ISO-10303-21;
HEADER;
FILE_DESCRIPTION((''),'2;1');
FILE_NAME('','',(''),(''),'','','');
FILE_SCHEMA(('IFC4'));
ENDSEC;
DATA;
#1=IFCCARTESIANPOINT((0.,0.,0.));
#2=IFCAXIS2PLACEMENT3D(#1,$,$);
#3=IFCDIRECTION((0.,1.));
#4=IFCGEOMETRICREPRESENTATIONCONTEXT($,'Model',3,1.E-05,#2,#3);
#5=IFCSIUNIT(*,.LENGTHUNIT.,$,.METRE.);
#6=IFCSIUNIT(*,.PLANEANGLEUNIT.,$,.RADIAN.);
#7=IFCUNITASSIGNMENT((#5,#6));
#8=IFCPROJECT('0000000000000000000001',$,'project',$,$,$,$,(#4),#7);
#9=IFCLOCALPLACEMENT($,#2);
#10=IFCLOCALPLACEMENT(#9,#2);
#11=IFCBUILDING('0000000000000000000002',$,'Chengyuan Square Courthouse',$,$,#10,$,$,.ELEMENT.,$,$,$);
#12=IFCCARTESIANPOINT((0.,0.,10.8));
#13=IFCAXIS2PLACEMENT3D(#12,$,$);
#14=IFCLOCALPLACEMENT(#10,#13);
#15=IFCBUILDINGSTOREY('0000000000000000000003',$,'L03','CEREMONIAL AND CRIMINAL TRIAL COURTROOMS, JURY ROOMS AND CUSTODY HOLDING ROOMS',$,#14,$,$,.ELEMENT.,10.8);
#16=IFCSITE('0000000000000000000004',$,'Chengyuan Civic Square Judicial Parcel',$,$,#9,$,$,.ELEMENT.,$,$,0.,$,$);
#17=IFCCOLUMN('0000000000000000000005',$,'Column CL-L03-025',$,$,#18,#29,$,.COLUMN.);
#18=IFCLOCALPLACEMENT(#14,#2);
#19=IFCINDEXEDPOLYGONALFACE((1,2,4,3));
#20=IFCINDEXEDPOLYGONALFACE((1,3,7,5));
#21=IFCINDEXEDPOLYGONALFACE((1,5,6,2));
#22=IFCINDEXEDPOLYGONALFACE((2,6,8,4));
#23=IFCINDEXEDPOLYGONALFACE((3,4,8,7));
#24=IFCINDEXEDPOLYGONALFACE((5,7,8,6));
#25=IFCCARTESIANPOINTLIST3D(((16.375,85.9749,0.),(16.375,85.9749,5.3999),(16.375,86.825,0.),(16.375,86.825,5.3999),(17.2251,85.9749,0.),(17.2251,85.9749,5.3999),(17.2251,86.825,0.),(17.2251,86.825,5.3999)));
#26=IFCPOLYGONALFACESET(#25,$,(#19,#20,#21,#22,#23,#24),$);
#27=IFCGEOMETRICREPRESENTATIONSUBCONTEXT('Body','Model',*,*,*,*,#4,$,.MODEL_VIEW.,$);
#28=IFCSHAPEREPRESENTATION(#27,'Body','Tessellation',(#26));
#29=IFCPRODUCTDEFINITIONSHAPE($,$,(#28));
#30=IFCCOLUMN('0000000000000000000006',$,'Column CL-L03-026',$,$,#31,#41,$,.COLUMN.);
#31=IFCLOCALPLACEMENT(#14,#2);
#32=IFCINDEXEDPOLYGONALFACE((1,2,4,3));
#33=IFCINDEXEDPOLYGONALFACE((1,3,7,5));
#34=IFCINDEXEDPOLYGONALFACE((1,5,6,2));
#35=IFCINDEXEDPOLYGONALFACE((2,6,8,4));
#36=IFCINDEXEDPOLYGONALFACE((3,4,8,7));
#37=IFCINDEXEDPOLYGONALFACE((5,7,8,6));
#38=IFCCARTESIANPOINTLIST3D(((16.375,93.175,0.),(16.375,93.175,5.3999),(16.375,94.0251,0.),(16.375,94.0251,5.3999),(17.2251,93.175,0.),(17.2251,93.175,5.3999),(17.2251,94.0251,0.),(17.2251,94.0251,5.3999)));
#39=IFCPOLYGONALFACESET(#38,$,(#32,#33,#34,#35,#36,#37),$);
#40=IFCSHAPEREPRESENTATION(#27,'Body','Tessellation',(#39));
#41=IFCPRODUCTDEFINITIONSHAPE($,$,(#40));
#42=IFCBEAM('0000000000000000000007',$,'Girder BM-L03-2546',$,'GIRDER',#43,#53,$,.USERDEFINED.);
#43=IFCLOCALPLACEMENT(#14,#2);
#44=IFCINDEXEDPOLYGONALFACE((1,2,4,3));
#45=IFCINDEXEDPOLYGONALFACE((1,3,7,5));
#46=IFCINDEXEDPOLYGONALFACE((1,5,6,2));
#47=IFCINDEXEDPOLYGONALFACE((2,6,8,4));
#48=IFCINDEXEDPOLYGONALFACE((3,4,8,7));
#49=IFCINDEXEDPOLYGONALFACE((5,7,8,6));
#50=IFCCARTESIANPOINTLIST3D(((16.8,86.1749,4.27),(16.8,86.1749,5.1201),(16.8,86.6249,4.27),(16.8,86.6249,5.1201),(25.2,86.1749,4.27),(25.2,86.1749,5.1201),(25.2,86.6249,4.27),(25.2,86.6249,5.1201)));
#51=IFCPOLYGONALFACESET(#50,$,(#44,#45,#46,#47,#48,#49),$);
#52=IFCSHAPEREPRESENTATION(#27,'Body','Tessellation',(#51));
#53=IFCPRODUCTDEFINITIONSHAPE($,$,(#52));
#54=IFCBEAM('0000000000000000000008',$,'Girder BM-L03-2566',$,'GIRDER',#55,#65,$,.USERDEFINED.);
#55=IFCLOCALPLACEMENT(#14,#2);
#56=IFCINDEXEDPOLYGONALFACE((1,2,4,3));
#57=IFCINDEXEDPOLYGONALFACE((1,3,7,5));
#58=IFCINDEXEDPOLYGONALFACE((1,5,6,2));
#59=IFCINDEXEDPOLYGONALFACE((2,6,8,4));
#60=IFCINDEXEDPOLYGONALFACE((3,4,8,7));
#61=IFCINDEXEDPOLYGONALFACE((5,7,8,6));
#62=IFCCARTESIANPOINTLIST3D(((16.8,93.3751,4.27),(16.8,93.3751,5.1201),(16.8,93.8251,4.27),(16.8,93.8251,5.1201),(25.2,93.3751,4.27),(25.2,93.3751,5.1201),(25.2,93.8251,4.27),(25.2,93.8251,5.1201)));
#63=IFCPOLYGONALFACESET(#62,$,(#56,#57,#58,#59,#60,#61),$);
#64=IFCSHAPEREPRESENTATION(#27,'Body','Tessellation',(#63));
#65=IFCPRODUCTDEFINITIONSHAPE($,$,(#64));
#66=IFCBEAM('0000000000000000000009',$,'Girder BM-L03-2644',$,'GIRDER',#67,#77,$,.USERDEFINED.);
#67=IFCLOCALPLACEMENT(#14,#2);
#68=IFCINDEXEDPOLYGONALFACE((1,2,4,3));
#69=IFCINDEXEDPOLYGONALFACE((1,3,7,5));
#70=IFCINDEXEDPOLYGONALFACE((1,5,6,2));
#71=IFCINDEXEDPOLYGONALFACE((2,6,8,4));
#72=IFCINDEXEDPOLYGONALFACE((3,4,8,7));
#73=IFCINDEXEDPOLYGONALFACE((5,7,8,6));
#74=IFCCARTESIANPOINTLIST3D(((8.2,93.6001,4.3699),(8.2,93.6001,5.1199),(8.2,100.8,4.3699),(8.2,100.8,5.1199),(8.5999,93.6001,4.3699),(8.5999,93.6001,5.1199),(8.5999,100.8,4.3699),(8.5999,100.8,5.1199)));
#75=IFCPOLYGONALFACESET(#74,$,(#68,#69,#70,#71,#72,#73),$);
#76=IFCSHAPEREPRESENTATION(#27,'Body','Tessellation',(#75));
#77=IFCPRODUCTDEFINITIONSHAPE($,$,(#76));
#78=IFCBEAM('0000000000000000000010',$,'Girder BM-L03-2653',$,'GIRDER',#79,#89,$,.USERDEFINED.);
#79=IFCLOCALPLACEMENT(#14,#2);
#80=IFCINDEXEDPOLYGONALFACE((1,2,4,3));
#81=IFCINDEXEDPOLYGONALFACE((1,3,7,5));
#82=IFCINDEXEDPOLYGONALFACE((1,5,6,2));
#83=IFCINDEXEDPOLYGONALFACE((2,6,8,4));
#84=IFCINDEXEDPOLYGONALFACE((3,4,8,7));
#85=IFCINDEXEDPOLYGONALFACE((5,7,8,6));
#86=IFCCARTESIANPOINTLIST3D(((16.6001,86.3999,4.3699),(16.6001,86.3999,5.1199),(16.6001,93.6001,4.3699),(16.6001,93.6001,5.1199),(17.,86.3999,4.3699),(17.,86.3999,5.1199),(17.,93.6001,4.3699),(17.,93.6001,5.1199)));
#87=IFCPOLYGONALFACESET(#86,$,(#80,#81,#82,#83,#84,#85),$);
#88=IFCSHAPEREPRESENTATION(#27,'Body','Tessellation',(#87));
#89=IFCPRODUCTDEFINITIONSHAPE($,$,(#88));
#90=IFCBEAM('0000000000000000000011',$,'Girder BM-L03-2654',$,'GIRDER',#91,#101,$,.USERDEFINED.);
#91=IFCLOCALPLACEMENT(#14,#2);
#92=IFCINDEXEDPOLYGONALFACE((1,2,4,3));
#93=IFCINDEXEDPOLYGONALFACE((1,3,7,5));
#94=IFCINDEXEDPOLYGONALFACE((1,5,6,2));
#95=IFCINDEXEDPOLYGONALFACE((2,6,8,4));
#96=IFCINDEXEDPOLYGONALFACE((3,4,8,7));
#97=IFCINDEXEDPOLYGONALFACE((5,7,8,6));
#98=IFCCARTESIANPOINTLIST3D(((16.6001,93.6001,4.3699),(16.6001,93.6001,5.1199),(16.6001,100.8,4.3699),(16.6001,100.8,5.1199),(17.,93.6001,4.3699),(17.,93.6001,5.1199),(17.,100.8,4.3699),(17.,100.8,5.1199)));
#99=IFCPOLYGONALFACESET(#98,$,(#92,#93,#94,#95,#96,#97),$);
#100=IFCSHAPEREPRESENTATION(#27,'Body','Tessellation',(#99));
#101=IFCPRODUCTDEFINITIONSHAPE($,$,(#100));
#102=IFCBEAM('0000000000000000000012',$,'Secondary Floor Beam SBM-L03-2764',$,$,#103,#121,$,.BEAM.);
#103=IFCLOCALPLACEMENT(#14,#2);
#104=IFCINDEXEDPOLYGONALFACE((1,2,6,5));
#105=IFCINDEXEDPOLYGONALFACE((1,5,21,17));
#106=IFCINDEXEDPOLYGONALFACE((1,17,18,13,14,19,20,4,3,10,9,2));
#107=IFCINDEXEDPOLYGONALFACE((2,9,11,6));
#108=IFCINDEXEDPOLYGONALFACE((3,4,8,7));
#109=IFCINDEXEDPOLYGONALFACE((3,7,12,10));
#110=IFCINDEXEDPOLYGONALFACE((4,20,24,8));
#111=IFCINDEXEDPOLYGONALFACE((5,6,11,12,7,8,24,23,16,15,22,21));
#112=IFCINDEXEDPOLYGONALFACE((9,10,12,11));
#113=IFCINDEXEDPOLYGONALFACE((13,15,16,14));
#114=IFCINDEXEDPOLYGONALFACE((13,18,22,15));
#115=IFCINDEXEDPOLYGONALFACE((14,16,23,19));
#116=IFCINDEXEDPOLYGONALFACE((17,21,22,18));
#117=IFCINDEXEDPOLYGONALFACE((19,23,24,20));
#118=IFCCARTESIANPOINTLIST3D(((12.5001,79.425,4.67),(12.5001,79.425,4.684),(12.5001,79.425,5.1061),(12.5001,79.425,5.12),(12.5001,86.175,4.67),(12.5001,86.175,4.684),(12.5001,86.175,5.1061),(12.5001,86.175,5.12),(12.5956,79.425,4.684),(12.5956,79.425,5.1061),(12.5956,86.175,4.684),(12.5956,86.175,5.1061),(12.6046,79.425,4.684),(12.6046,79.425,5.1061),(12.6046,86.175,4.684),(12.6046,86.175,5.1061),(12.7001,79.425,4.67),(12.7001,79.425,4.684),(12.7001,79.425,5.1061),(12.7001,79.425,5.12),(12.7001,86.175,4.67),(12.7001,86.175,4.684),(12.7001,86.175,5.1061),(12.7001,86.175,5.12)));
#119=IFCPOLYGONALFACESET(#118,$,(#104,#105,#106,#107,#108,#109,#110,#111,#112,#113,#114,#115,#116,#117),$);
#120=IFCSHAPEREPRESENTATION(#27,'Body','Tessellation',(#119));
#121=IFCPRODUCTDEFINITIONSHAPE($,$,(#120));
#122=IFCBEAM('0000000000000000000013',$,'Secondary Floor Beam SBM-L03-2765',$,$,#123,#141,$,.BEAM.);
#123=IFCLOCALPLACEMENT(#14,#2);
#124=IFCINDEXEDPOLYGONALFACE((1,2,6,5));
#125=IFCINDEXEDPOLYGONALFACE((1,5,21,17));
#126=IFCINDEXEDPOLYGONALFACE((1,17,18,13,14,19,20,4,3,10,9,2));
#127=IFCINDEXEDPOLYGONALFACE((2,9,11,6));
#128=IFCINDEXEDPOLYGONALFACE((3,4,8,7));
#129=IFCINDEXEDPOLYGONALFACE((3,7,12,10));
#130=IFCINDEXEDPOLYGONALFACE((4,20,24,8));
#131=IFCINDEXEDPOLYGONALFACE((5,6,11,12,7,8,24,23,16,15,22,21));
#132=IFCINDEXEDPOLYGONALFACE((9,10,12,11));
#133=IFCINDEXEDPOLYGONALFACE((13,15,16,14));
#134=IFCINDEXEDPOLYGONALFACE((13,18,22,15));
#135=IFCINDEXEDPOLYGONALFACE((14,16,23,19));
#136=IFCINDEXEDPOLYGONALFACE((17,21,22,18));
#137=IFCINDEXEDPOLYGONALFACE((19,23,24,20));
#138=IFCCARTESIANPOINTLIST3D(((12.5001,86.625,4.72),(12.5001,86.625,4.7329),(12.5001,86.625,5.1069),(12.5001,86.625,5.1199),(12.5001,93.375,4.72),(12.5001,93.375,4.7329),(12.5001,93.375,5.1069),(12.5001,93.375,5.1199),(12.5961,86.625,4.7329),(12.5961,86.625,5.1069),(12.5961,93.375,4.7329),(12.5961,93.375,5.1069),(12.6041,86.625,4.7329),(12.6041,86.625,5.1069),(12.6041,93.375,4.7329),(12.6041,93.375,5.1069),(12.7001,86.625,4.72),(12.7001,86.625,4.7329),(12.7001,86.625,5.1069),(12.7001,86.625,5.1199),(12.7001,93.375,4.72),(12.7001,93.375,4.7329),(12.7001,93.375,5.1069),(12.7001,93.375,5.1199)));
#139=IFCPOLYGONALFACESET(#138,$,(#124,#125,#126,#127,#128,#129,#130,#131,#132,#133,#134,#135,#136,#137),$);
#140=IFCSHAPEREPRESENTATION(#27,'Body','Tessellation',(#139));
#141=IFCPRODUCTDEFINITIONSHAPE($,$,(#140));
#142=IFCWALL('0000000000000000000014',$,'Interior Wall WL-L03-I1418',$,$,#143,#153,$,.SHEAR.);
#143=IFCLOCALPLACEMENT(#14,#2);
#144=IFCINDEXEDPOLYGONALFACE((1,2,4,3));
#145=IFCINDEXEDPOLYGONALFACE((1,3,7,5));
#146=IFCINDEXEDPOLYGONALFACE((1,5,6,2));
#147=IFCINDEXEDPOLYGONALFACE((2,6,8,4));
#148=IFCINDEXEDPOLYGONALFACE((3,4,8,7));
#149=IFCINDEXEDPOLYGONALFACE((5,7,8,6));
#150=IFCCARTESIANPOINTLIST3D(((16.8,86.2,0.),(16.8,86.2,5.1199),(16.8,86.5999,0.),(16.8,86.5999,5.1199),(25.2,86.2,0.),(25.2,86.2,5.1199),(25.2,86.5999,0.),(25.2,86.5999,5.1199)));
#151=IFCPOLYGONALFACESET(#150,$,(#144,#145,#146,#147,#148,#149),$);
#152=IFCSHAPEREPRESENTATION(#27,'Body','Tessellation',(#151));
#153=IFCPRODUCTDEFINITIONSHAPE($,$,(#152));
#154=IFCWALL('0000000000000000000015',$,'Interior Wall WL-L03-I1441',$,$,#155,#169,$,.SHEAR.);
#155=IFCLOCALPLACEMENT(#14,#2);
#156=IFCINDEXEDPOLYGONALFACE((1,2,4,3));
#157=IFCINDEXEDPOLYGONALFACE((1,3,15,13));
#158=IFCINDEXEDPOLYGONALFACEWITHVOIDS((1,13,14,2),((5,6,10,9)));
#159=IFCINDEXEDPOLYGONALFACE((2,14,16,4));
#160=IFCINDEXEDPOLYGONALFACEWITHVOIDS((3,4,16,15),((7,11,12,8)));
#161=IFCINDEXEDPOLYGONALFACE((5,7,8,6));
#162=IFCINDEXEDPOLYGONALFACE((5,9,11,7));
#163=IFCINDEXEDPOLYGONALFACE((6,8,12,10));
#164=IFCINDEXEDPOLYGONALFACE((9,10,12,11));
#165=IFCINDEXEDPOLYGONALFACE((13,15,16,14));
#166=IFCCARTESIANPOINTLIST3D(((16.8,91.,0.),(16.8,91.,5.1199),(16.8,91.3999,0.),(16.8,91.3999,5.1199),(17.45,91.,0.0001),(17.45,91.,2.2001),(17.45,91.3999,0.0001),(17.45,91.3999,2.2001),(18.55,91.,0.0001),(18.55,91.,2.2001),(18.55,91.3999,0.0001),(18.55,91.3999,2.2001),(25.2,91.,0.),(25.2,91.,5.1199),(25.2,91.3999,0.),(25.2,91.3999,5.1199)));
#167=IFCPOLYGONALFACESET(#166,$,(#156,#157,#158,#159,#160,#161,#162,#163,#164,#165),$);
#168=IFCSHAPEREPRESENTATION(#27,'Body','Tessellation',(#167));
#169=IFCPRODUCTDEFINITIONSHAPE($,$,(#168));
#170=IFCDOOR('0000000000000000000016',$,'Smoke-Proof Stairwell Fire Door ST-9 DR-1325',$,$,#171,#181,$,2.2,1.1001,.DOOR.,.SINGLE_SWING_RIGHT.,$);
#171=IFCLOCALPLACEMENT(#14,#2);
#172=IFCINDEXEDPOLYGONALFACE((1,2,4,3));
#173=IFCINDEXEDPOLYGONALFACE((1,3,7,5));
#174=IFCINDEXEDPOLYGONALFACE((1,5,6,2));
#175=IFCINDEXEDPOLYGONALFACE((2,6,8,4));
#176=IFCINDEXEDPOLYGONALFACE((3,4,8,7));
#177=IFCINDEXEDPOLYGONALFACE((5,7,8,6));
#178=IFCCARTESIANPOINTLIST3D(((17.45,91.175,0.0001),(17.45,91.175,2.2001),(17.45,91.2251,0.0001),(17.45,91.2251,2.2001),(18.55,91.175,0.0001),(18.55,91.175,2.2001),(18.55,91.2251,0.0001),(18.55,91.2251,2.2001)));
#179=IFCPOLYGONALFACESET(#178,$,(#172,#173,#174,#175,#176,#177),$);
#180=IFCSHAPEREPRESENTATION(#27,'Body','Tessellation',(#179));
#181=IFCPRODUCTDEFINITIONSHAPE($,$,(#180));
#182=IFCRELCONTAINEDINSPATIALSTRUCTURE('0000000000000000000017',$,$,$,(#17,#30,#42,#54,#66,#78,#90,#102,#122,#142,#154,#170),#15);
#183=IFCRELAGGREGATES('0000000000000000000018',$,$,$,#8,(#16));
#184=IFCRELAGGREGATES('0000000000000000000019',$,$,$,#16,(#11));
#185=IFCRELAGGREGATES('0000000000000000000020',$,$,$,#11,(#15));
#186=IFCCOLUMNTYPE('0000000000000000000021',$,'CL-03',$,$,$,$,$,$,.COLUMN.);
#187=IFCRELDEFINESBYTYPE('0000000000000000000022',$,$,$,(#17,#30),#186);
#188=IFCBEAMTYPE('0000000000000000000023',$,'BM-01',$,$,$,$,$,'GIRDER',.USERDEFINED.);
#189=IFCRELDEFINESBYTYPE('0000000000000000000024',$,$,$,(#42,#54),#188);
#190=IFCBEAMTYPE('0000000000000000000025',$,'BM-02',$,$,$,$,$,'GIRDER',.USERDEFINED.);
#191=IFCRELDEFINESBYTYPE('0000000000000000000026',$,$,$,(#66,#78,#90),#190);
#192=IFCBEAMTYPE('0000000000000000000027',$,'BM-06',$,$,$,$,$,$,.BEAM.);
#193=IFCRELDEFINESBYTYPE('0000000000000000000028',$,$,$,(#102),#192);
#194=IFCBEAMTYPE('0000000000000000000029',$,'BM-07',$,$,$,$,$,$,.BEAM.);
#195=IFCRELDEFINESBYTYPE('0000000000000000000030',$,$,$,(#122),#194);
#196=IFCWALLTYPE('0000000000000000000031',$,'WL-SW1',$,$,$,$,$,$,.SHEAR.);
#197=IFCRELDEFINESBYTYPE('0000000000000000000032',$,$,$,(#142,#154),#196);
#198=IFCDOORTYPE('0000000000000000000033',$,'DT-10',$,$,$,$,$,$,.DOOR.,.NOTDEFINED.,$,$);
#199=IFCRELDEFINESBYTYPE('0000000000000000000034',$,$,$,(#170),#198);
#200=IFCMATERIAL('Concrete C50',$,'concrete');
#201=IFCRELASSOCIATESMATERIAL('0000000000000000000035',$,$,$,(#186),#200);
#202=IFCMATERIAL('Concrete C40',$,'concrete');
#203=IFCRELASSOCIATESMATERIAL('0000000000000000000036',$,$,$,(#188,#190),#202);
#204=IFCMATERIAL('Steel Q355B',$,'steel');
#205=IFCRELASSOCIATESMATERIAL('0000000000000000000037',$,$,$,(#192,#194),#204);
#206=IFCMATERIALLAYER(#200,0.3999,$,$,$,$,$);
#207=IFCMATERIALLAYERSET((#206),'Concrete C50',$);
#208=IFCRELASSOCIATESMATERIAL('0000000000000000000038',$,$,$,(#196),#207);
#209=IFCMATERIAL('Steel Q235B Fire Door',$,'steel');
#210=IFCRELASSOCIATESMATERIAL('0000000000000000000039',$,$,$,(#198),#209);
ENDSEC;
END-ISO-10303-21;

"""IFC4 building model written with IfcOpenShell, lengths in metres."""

from ifc_helpers import new_model, si_unit, direction, frame, frame_2d, origin, origin_2d, place, context, subcontext, project, spatial, rectangle, i_section, extrude, material, layer, layer_set, material_profile, profile_set, type_object, element, fill, save


model = new_model("IFC4")

# Units and contexts
model_context = context("Model", 3, precision=1e-05, world=origin(), true_north=direction((0.0, 1.0)))
body_context = subcontext(model_context, "Body", "Model", "MODEL_VIEW")
ifc_project = project(units=[si_unit("LENGTHUNIT", "METRE"), si_unit("PLANEANGLEUNIT", "RADIAN")], contexts=[model_context])

# Site, building, storey
site_placement = place(None, origin())
site = spatial("IfcSite", under=ifc_project, at=site_placement, Name="Chengyuan Civic Square Judicial Parcel", CompositionType="ELEMENT", RefElevation=0.0)
building_placement = place(site_placement, origin())
building = spatial("IfcBuilding", under=site, at=building_placement, Name="Chengyuan Square Courthouse", CompositionType="ELEMENT")
storey_placement = place(building_placement, frame((0.0, 0.0, 10.8)))
storey = spatial("IfcBuildingStorey", under=building, at=storey_placement, Name="L03", Description="CEREMONIAL AND CRIMINAL TRIAL COURTROOMS, JURY ROOMS AND CUSTODY HOLDING ROOMS", CompositionType="ELEMENT", Elevation=10.8)

# Columns
ifc_material_1 = material(Name="Concrete C50", Category="concrete")
ifc_material_profile_1 = material_profile(ifc_material_1, rectangle(XDim=0.8501, YDim=0.8501, at=origin_2d()), Name="RC-COL-850x850")
ifc_profile_set_1 = profile_set([ifc_material_profile_1], Name="Concrete C50")
column_type = type_object("IfcColumnType", Name="CL-03", PredefinedType="COLUMN", material=ifc_profile_set_1)
for number, where, z_axis, x_axis, name in (
    (1, (16.8, 86.3999, 0.0), (0.0, 0.0, 1.0), (1.0, 0.0, 0.0), "Column CL-L03-025"),
    (2, (16.8, 93.6001, 0.0), (0.0, 0.0, 1.0), (1.0, 0.0, 0.0), "Column CL-L03-026"),
):
    element("IfcColumn", number, at=place(storey_placement, frame(where, z_axis=z_axis, x_axis=x_axis)), inside=storey, type_object=column_type, Name=name, PredefinedType="COLUMN", context=body_context, shape_type="SweptSolid", body=[
        extrude(rectangle(XDim=0.8501, YDim=0.8501, at=origin_2d()), origin(), (0.0, 0.0, 1.0), 5.3999),
    ])

# Beams
ifc_material_2 = material(Name="Concrete C40", Category="concrete")
ifc_material_profile_2 = material_profile(ifc_material_2, rectangle(XDim=0.45, YDim=0.8501, at=origin_2d()), Name="RC-BM-450x850")
ifc_profile_set_2 = profile_set([ifc_material_profile_2], Name="Concrete C40")
beam_type_1 = type_object("IfcBeamType", Name="BM-01", ElementType="GIRDER", PredefinedType="USERDEFINED", material=ifc_profile_set_2)
for number, where, z_axis, x_axis, name in (
    (3, (16.8, 86.3999, 4.6951), (1.0, 0.0, 0.0), (0.0, 1.0, 0.0), "Girder BM-L03-2546"),
    (4, (16.8, 93.6001, 4.6951), (1.0, 0.0, 0.0), (0.0, 1.0, 0.0), "Girder BM-L03-2566"),
):
    element("IfcBeam", number, at=place(storey_placement, frame(where, z_axis=z_axis, x_axis=x_axis)), inside=storey, type_object=beam_type_1, Name=name, ObjectType="GIRDER", PredefinedType="USERDEFINED", context=body_context, shape_type="SweptSolid", body=[
        extrude(rectangle(XDim=0.45, YDim=0.8501, at=origin_2d()), origin(), (0.0, 0.0, 1.0), 8.3999),
    ])
ifc_material_profile_3 = material_profile(ifc_material_2, rectangle(XDim=0.3999, YDim=0.75, at=origin_2d()), Name="RC-BM-400x750")
ifc_profile_set_3 = profile_set([ifc_material_profile_3], Name="Concrete C40")
beam_type_2 = type_object("IfcBeamType", Name="BM-02", ElementType="GIRDER", PredefinedType="USERDEFINED", material=ifc_profile_set_3)
beam_1_placement = place(storey_placement, frame((8.3999, 93.6001, 4.7449), z_axis=(0.0, 1.0, 0.0), x_axis=(-1.0, 0.0, 0.0)))
element("IfcBeam", 5, at=beam_1_placement, inside=storey, type_object=beam_type_2, Name="Girder BM-L03-2644", ObjectType="GIRDER", PredefinedType="USERDEFINED", context=body_context, shape_type="SweptSolid", body=[
    extrude(rectangle(XDim=0.3999, YDim=0.75, at=origin_2d()), origin(), (0.0, 0.0, 1.0), 7.2),
])
beam_2_placement = place(storey_placement, frame((16.8, 86.3999, 4.7449), z_axis=(0.0, 1.0, 0.0), x_axis=(-1.0, 0.0, 0.0)))
element("IfcBeam", 6, at=beam_2_placement, inside=storey, type_object=beam_type_2, Name="Girder BM-L03-2653", ObjectType="GIRDER", PredefinedType="USERDEFINED", context=body_context, shape_type="SweptSolid", body=[
    extrude(rectangle(XDim=0.3999, YDim=0.75, at=origin_2d()), origin(), (0.0, 0.0, 1.0), 7.2002),
])
beam_3_placement = place(storey_placement, frame((16.8, 93.6001, 4.7449), z_axis=(0.0, 1.0, 0.0), x_axis=(-1.0, 0.0, 0.0)))
element("IfcBeam", 7, at=beam_3_placement, inside=storey, type_object=beam_type_2, Name="Girder BM-L03-2654", ObjectType="GIRDER", PredefinedType="USERDEFINED", context=body_context, shape_type="SweptSolid", body=[
    extrude(rectangle(XDim=0.3999, YDim=0.75, at=origin_2d()), origin(), (0.0, 0.0, 1.0), 7.2),
])
ifc_material_3 = material(Name="Steel Q355B", Category="steel")
ifc_material_profile_4 = material_profile(ifc_material_3, i_section(OverallWidth=0.2, OverallDepth=0.45, WebThickness=0.009, FlangeThickness=0.0139, at=origin_2d()), Name="HN 450x200x9x14")
ifc_profile_set_4 = profile_set([ifc_material_profile_4], Name="Steel Q355B")
beam_type_3 = type_object("IfcBeamType", Name="BM-06", PredefinedType="BEAM", material=ifc_profile_set_4)
beam_4_placement = place(storey_placement, frame((12.6001, 79.425, 4.895), z_axis=(0.0, 1.0, 0.0), x_axis=(-1.0, 0.0, 0.0)))
element("IfcBeam", 8, at=beam_4_placement, inside=storey, type_object=beam_type_3, Name="Secondary Floor Beam SBM-L03-2764", PredefinedType="BEAM", context=body_context, shape_type="SweptSolid", body=[
    extrude(i_section(OverallWidth=0.2, OverallDepth=0.45, WebThickness=0.009, FlangeThickness=0.0139, at=origin_2d()), origin(), (0.0, 0.0, 1.0), 6.75),
])
ifc_material_profile_5 = material_profile(ifc_material_3, i_section(OverallWidth=0.2, OverallDepth=0.3999, WebThickness=0.0081, FlangeThickness=0.0129, at=origin_2d()), Name="HN 400x200x8x13")
ifc_profile_set_5 = profile_set([ifc_material_profile_5], Name="Steel Q355B")
beam_type_4 = type_object("IfcBeamType", Name="BM-07", PredefinedType="BEAM", material=ifc_profile_set_5)
beam_5_placement = place(storey_placement, frame((12.6001, 86.625, 4.9199), z_axis=(0.0, 1.0, 0.0), x_axis=(-1.0, 0.0, 0.0)))
element("IfcBeam", 9, at=beam_5_placement, inside=storey, type_object=beam_type_4, Name="Secondary Floor Beam SBM-L03-2765", PredefinedType="BEAM", context=body_context, shape_type="SweptSolid", body=[
    extrude(i_section(OverallWidth=0.2, OverallDepth=0.3999, WebThickness=0.0081, FlangeThickness=0.0129, at=origin_2d()), origin(), (0.0, 0.0, 1.0), 6.75),
])

# Shared definitions
ifc_material_4 = material(Name="Steel Q235B Fire Door", Category="steel")

# Wall
ifc_layer_1 = layer(ifc_material_1, 0.3999)
ifc_layer_set_1 = layer_set([ifc_layer_1], Name="Concrete C50")
wall_type_1 = type_object("IfcWallType", Name="WL-SW1", PredefinedType="SHEAR", material=ifc_layer_set_1)
wall_1_placement = place(storey_placement, frame((16.8, 86.3999, 0.0), z_axis=(0.0, 0.0, 1.0), x_axis=(1.0, 0.0, 0.0)))
element("IfcWall", 10, at=wall_1_placement, inside=storey, type_object=wall_type_1, Name="Interior Wall WL-L03-I1418", PredefinedType="SHEAR", context=body_context, shape_type="SweptSolid", body=[
    extrude(rectangle(XDim=8.3999, YDim=0.3999, at=frame_2d((4.2, 0.0))), origin(), (0.0, 0.0, 1.0), 5.1199),
])

# Wall, opening, door
wall_2_placement = place(storey_placement, frame((16.8, 91.2, 0.0), z_axis=(0.0, 0.0, 1.0), x_axis=(1.0, 0.0, 0.0)))
wall_2 = element("IfcWall", 11, at=wall_2_placement, inside=storey, type_object=wall_type_1, Name="Interior Wall WL-L03-I1441", PredefinedType="SHEAR", context=body_context, shape_type="SweptSolid", body=[
    extrude(rectangle(XDim=8.3999, YDim=0.3999, at=frame_2d((4.2, 0.0))), origin(), (0.0, 0.0, 1.0), 5.1199),
])
opening_1_placement = place(wall_2_placement, frame((0.6499, 0.0, 0.0)))
opening_1 = element("IfcOpeningElement", 12, at=opening_1_placement, cuts=wall_2, PredefinedType="OPENING", context=body_context, shape_type="SweptSolid", body=[
    extrude(rectangle(XDim=1.1001, YDim=2.2, at=frame_2d((0.55, 1.1001))), frame((0.0, 0.2119, 0.0), z_axis=(0.0, -1.0, 0.0), x_axis=(1.0, 0.0, 0.0)), (0.0, 0.0, 1.0), 0.4238),
])
door_type_1 = type_object("IfcDoorType", Name="DT-10", OperationType="NOTDEFINED", PredefinedType="DOOR", material=ifc_material_4)
door_1_placement = place(opening_1_placement, frame((1.1001, 0.0, 0.0), z_axis=(0.0, 0.0, 1.0), x_axis=(-1.0, 0.0, 0.0)))
door_1 = element("IfcDoor", 13, at=door_1_placement, inside=storey, type_object=door_type_1, Name="Smoke-Proof Stairwell Fire Door ST-9 DR-1325", OperationType="SINGLE_SWING_RIGHT", OverallHeight=2.2, OverallWidth=1.1001, PredefinedType="DOOR", context=body_context, shape_type="SweptSolid", body=[
    extrude(rectangle(XDim=1.1001, YDim=2.2, at=frame_2d((0.55, 1.1001))), frame((0.0, 0.0249, 0.0), z_axis=(0.0, -1.0, 0.0), x_axis=(1.0, 0.0, 0.0)), (0.0, 0.0, 1.0), 0.05),
])
fill(opening_1, door_1)

save(model, "model.ifc")
